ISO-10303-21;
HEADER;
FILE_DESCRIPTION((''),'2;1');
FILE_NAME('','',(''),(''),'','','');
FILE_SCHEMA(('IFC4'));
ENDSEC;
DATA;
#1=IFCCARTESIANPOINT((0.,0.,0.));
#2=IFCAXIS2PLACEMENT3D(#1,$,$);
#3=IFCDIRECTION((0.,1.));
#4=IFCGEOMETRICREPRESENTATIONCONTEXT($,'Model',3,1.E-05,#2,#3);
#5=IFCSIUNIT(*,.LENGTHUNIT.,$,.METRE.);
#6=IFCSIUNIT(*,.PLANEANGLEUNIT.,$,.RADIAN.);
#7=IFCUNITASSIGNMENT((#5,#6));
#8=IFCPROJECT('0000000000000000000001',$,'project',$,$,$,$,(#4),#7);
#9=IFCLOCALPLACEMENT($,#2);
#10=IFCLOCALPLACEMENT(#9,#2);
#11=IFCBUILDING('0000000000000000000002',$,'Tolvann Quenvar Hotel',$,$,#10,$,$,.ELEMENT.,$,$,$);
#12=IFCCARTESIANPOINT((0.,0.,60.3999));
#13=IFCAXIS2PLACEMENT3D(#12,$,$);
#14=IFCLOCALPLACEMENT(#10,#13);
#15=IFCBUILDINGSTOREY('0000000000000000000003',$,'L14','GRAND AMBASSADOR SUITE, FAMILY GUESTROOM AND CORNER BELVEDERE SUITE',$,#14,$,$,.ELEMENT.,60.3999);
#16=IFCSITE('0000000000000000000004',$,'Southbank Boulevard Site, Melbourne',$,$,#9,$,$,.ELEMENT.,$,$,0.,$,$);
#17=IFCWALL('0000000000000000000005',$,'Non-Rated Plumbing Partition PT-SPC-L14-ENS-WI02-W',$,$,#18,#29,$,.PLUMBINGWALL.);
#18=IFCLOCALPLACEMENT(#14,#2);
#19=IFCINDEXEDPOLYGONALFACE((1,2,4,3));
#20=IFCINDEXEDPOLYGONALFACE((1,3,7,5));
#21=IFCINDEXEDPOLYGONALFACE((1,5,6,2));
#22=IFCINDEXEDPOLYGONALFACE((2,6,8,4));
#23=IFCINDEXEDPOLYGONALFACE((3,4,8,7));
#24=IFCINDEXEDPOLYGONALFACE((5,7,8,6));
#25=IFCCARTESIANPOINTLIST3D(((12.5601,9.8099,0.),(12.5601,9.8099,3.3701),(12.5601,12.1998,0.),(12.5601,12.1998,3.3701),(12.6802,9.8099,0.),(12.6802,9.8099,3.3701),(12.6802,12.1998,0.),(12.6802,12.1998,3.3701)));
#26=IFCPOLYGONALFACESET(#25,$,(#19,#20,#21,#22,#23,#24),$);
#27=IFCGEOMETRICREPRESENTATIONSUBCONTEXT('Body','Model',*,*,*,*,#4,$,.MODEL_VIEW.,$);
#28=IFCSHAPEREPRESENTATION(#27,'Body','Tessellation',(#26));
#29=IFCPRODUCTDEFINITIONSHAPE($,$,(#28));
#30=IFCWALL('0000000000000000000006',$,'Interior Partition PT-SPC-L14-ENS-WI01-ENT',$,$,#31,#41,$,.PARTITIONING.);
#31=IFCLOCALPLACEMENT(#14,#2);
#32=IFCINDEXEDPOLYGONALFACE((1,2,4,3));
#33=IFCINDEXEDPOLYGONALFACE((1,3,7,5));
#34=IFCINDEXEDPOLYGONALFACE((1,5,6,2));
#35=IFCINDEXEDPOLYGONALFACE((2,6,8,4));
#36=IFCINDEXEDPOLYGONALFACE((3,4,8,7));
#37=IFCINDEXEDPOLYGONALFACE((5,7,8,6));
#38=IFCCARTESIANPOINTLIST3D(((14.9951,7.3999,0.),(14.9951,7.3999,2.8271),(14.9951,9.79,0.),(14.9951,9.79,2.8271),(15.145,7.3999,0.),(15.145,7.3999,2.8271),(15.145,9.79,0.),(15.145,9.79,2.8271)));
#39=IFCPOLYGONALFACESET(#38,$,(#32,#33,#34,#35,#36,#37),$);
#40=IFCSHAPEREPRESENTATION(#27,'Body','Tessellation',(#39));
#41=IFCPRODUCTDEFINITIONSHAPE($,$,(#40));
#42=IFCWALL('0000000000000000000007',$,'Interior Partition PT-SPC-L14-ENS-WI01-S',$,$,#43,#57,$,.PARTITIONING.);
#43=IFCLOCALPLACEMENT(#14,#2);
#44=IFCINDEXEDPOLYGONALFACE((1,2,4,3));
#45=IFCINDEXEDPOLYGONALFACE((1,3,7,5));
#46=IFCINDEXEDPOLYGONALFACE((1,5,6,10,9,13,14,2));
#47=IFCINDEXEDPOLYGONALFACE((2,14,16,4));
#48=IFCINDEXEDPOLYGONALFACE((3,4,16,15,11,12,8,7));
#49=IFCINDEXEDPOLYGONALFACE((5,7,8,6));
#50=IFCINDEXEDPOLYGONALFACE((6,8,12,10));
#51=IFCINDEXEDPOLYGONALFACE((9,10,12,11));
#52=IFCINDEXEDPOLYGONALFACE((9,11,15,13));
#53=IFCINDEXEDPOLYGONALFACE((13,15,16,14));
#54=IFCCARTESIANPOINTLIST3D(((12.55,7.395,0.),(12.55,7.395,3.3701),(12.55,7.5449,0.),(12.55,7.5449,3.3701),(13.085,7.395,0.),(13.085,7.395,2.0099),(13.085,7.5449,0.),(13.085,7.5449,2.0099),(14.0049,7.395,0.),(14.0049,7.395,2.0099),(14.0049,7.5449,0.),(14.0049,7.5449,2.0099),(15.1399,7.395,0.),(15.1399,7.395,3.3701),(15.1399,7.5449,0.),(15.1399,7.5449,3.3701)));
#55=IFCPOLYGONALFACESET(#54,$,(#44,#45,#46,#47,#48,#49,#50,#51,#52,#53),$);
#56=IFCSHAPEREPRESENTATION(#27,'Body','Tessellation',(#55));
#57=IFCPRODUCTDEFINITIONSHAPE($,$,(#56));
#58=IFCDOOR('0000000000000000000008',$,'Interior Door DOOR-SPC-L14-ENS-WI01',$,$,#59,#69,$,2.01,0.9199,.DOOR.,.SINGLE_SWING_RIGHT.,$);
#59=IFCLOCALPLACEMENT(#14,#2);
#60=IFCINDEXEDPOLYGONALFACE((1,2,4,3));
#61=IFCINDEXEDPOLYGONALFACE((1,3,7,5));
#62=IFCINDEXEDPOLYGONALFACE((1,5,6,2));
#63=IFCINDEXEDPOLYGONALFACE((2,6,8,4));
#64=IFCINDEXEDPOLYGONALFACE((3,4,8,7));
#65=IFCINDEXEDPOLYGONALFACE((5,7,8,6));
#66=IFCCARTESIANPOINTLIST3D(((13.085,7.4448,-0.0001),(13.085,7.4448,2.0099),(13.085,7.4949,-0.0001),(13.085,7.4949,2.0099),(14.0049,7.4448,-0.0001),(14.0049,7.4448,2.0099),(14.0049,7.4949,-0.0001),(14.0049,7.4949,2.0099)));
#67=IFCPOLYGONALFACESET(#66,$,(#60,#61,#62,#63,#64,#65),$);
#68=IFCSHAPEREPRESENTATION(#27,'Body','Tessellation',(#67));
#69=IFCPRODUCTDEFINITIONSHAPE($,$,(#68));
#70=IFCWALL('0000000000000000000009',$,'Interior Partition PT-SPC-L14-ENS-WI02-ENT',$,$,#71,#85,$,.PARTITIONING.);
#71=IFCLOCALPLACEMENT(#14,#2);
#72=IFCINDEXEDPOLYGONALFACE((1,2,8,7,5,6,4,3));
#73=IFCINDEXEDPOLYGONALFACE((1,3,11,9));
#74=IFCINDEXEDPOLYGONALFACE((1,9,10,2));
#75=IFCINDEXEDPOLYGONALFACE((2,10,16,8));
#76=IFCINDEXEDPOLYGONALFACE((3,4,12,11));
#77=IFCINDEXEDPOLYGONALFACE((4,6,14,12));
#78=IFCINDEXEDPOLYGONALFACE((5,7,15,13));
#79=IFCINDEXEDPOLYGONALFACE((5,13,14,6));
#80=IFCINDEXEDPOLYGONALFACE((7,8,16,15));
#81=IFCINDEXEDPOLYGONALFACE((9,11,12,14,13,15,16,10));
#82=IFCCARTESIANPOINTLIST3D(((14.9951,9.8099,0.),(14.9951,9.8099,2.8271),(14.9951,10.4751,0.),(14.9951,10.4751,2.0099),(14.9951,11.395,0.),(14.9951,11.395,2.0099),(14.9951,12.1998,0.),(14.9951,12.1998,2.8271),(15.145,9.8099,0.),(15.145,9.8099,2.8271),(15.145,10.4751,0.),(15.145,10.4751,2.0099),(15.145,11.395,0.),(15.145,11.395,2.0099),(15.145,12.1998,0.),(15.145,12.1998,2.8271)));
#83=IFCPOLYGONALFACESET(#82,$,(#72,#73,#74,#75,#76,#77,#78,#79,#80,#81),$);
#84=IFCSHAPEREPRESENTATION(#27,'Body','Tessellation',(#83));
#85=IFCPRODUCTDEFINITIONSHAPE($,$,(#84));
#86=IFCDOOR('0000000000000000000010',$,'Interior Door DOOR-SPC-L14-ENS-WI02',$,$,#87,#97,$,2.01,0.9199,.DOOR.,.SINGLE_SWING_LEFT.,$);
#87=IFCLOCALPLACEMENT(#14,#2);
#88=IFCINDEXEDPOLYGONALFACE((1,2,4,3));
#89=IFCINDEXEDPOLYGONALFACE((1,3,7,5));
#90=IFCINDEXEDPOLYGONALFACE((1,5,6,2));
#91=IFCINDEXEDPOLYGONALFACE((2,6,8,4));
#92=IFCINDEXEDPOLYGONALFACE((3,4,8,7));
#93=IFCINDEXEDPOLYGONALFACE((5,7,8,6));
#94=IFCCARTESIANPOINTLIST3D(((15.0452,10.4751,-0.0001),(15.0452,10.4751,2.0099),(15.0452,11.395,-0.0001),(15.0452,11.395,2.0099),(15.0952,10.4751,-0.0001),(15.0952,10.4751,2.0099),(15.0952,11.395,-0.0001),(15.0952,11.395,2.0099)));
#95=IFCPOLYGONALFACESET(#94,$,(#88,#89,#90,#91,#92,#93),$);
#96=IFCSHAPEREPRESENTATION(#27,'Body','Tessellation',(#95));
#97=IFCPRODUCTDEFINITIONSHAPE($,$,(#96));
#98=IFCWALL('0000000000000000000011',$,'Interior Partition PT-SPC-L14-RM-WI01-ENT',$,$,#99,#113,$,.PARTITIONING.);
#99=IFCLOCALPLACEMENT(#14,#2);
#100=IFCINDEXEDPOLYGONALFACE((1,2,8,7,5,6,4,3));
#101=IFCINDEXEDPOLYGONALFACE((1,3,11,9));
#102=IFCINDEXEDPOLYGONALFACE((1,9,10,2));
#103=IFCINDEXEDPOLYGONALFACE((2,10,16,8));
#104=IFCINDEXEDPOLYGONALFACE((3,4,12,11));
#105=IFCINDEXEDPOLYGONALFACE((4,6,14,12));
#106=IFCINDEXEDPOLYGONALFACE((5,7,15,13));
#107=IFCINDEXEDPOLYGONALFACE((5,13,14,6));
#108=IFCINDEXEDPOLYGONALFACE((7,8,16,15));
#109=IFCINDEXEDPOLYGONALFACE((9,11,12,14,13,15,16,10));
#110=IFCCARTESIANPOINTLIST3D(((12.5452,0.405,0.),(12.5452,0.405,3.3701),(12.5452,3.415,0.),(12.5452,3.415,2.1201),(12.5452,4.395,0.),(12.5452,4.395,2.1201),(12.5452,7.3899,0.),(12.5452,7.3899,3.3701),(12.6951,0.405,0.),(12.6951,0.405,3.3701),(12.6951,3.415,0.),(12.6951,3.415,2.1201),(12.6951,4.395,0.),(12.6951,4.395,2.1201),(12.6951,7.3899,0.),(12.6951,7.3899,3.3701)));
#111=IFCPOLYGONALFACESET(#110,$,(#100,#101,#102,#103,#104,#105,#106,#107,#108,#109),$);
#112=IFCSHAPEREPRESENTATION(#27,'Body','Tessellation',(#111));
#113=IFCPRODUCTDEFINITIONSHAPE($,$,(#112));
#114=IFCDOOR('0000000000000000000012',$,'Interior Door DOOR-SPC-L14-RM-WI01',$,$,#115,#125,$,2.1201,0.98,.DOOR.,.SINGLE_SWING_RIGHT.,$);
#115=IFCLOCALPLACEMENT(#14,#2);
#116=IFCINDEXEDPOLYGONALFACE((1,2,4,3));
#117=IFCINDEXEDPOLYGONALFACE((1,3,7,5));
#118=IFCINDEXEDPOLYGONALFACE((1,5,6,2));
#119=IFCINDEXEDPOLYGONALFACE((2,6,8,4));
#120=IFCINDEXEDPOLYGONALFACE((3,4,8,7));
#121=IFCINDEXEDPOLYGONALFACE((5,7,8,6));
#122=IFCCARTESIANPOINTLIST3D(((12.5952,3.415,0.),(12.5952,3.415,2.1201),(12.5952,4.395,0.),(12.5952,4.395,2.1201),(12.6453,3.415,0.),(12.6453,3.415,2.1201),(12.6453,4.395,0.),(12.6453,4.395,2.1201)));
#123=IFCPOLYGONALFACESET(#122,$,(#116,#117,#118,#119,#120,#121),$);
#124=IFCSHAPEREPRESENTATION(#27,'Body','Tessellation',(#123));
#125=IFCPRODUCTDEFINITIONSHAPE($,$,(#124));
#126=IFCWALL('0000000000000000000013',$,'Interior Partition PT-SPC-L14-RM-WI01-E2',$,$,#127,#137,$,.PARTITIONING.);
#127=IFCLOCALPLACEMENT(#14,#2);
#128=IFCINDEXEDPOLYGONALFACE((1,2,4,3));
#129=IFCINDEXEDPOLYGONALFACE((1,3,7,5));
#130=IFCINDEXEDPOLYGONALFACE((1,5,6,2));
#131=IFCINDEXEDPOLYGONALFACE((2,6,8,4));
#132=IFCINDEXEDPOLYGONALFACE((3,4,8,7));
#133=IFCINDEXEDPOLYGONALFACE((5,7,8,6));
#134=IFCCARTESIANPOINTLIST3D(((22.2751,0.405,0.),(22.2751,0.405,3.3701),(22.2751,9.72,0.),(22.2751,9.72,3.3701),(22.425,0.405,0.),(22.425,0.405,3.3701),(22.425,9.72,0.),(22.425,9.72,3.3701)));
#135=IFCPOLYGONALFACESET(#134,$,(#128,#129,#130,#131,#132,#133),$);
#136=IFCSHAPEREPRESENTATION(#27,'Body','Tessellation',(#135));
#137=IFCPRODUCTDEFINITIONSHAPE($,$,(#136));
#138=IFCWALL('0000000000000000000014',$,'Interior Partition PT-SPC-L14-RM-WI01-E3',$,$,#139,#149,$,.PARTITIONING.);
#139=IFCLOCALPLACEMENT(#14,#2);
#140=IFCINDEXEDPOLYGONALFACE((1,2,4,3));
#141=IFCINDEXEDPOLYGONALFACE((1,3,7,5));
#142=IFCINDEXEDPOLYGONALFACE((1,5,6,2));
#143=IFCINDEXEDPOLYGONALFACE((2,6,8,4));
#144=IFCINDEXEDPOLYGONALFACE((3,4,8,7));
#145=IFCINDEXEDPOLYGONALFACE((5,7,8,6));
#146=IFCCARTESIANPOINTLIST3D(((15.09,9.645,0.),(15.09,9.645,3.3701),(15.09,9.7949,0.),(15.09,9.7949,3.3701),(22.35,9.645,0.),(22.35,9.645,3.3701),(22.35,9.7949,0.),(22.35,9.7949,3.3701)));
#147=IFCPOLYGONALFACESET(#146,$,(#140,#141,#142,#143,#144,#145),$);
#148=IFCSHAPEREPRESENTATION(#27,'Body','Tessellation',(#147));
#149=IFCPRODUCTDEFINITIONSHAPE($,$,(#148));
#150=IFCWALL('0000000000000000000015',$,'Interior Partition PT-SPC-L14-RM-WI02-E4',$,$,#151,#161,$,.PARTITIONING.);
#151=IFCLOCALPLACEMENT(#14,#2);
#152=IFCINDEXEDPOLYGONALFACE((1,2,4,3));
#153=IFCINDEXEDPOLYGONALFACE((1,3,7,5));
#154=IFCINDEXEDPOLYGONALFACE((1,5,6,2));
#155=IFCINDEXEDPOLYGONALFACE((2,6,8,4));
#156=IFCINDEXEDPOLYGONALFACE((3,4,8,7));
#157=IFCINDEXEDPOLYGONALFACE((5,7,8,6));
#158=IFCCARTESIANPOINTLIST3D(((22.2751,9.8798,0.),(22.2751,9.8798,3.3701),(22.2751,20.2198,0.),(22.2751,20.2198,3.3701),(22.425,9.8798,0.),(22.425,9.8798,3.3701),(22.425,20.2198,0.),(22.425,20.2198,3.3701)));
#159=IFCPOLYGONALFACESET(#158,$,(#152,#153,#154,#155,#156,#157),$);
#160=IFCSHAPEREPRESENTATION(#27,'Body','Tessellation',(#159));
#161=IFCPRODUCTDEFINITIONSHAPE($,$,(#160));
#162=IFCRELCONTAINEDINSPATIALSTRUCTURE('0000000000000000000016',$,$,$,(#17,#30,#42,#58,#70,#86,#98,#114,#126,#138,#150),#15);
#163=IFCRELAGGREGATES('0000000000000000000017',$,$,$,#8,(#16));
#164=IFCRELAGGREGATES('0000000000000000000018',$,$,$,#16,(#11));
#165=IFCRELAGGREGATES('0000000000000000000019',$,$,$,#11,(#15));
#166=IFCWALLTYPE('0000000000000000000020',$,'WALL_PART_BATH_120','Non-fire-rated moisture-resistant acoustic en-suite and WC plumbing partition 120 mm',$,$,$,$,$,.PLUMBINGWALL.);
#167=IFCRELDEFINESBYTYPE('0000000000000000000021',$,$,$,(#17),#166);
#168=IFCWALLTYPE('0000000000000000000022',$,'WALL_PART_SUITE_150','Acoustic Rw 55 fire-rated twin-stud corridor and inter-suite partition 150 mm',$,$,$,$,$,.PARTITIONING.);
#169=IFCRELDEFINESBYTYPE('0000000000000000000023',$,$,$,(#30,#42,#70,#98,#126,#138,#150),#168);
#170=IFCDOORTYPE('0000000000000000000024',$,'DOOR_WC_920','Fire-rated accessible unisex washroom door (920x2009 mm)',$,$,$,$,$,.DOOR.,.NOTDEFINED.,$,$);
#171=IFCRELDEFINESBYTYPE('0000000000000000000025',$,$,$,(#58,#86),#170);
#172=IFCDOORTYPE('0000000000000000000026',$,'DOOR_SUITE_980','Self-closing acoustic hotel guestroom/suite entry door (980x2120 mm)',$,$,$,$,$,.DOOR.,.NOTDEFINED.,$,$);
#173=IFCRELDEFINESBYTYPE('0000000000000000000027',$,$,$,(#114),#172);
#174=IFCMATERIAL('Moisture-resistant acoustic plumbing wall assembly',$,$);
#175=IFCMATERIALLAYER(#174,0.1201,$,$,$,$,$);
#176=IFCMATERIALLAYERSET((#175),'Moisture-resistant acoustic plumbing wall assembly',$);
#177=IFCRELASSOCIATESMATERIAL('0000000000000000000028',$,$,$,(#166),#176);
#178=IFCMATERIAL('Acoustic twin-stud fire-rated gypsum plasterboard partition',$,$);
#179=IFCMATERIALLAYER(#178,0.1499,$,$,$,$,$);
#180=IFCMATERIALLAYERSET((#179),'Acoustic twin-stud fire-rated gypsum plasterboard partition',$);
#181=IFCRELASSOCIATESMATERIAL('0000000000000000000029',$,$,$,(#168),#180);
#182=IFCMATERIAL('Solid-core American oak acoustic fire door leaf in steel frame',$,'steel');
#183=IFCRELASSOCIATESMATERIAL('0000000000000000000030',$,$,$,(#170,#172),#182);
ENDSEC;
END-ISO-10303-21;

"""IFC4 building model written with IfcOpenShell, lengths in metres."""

from ifc_helpers import new_model, si_unit, direction, frame, frame_2d, origin, place, context, subcontext, project, spatial, rectangle, extrude, source, transform, mapped, material, layer, layer_set, type_object, type_shapes, element, fill, save


model = new_model("IFC4")

# Units and contexts
model_context = context("Model", 3, precision=1e-05, world=origin(), true_north=direction((0.0, 1.0)))
body_context = subcontext(model_context, "Body", "Model", "MODEL_VIEW")
ifc_project = project(units=[si_unit("LENGTHUNIT", "METRE"), si_unit("PLANEANGLEUNIT", "RADIAN")], contexts=[model_context])

# Site, building, storey
site_placement = place(None, origin())
site = spatial("IfcSite", under=ifc_project, at=site_placement, Name="Southbank Boulevard Site, Melbourne", CompositionType="ELEMENT", RefElevation=0.0)
building_placement = place(site_placement, origin())
building = spatial("IfcBuilding", under=site, at=building_placement, Name="Tolvann Quenvar Hotel", CompositionType="ELEMENT")
storey_placement = place(building_placement, frame((0.0, 0.0, 60.3999)))
storey = spatial("IfcBuildingStorey", under=building, at=storey_placement, Name="L14", Description="GRAND AMBASSADOR SUITE, FAMILY GUESTROOM AND CORNER BELVEDERE SUITE", CompositionType="ELEMENT", Elevation=60.3999)

# Walls
ifc_material_1 = material(Name="Moisture-resistant acoustic plumbing wall assembly")
ifc_layer_1 = layer(ifc_material_1, 0.1201)
ifc_layer_set_1 = layer_set([ifc_layer_1], Name="Moisture-resistant acoustic plumbing wall assembly")
wall_type_1 = type_object("IfcWallType", Name="WALL_PART_BATH_120", Description="Non-fire-rated moisture-resistant acoustic en-suite and WC plumbing partition 120 mm", PredefinedType="PLUMBINGWALL", material=ifc_layer_set_1)
wall_1_placement = place(storey_placement, frame((12.6201, 9.8101, 0.0), z_axis=(0.0, 0.0, 1.0), x_axis=(0.0, 1.0, 0.0)))
element("IfcWall", 1, at=wall_1_placement, inside=storey, type_object=wall_type_1, Name="Non-Rated Plumbing Partition PT-SPC-L14-ENS-WI02-W", PredefinedType="PLUMBINGWALL", context=body_context, shape_type="SweptSolid", body=[
    extrude(rectangle(XDim=2.3899, YDim=0.1201, at=frame_2d((1.1948, 0.0))), origin(), (0.0, 0.0, 1.0), 3.3701),
])
ifc_material_2 = material(Name="Acoustic twin-stud fire-rated gypsum plasterboard partition")
ifc_layer_2 = layer(ifc_material_2, 0.1499)
ifc_layer_set_2 = layer_set([ifc_layer_2], Name="Acoustic twin-stud fire-rated gypsum plasterboard partition")
wall_type_2 = type_object("IfcWallType", Name="WALL_PART_SUITE_150", Description="Acoustic Rw 55 fire-rated twin-stud corridor and inter-suite partition 150 mm", PredefinedType="PARTITIONING", material=ifc_layer_set_2)
wall_2_placement = place(storey_placement, frame((15.0701, 7.3999, 0.0), z_axis=(0.0, 0.0, 1.0), x_axis=(0.0, 1.0, 0.0)))
element("IfcWall", 2, at=wall_2_placement, inside=storey, type_object=wall_type_2, Name="Interior Partition PT-SPC-L14-ENS-WI01-ENT", PredefinedType="PARTITIONING", context=body_context, shape_type="SweptSolid", body=[
    extrude(rectangle(XDim=2.3901, YDim=0.1499, at=frame_2d((1.1951, 0.0))), origin(), (0.0, 0.0, 1.0), 2.8271),
])

# Walls, openings, doors
wall_3_placement = place(storey_placement, frame((12.55, 7.47, 0.0), z_axis=(0.0, 0.0, 1.0), x_axis=(1.0, 0.0, 0.0)))
wall_3 = element("IfcWall", 3, at=wall_3_placement, inside=storey, type_object=wall_type_2, Name="Interior Partition PT-SPC-L14-ENS-WI01-S", PredefinedType="PARTITIONING", context=body_context, shape_type="SweptSolid", body=[
    extrude(rectangle(XDim=2.5898, YDim=0.1499, at=frame_2d((1.2949, 0.0))), origin(), (0.0, 0.0, 1.0), 3.3701),
])
opening_1_placement = place(wall_3_placement, frame((0.5349, 0.0, 0.0)))
opening_1 = element("IfcOpeningElement", 4, at=opening_1_placement, cuts=wall_3, PredefinedType="OPENING", context=body_context, shape_type="SweptSolid", body=[
    extrude(rectangle(XDim=0.9199, YDim=2.01, at=frame_2d((0.46, 1.0049))), frame((0.0, 0.085, 0.0), z_axis=(0.0, -1.0, 0.0), x_axis=(1.0, 0.0, 0.0)), (0.0, 0.0, 1.0), 0.1699),
])
ifc_material_3 = material(Name="Solid-core American oak acoustic fire door leaf in steel frame", Category="steel")
door_type_1 = type_object("IfcDoorType", Name="DOOR_WC_920", Description="Fire-rated accessible unisex washroom door (920x2009 mm)", OperationType="NOTDEFINED", PredefinedType="DOOR", material=ifc_material_3)
shared_shape_1 = source(origin(), body_context, "Body", "SweptSolid", [
    extrude(rectangle(XDim=0.9199, YDim=2.01, at=frame_2d((0.46, 1.0049))), frame((0.0, 0.0249, 0.0), z_axis=(0.0, -1.0, 0.0), x_axis=(1.0, 0.0, 0.0)), (0.0, 0.0, 1.0), 0.05),
])
type_shapes(door_type_1, [shared_shape_1])
door_1_placement = place(opening_1_placement, origin())
door_1 = element("IfcDoor", 5, at=door_1_placement, inside=storey, type_object=door_type_1, Name="Interior Door DOOR-SPC-L14-ENS-WI01", OperationType="SINGLE_SWING_RIGHT", OverallHeight=2.01, OverallWidth=0.9199, PredefinedType="DOOR", context=body_context, shape_type="MappedRepresentation", body=[
    mapped(shared_shape_1, transform((0.0, 0.0, 0.0), x_axis=(1.0, 0.0, 0.0), y_axis=(0.0, 1.0, 0.0), z_axis=(0.0, 0.0, 1.0), scale=1.0)),
])
fill(opening_1, door_1)
wall_4_placement = place(storey_placement, frame((15.0701, 9.8101, 0.0), z_axis=(0.0, 0.0, 1.0), x_axis=(0.0, 1.0, 0.0)))
wall_4 = element("IfcWall", 6, at=wall_4_placement, inside=storey, type_object=wall_type_2, Name="Interior Partition PT-SPC-L14-ENS-WI02-ENT", PredefinedType="PARTITIONING", context=body_context, shape_type="SweptSolid", body=[
    extrude(rectangle(XDim=2.3899, YDim=0.1499, at=frame_2d((1.1948, 0.0))), origin(), (0.0, 0.0, 1.0), 2.8271),
])
opening_2_placement = place(wall_4_placement, frame((0.665, 0.0, 0.0)))
opening_2 = element("IfcOpeningElement", 7, at=opening_2_placement, cuts=wall_4, PredefinedType="OPENING", context=body_context, shape_type="SweptSolid", body=[
    extrude(rectangle(XDim=0.9199, YDim=2.01, at=frame_2d((0.46, 1.0049))), frame((0.0, 0.085, 0.0), z_axis=(0.0, -1.0, 0.0), x_axis=(1.0, 0.0, 0.0)), (0.0, 0.0, 1.0), 0.1699),
])
door_2_placement = place(opening_2_placement, origin())
door_2 = element("IfcDoor", 8, at=door_2_placement, inside=storey, type_object=door_type_1, Name="Interior Door DOOR-SPC-L14-ENS-WI02", OperationType="SINGLE_SWING_LEFT", OverallHeight=2.01, OverallWidth=0.9199, PredefinedType="DOOR", context=body_context, shape_type="MappedRepresentation", body=[
    mapped(shared_shape_1, transform((0.0, 0.0, 0.0), x_axis=(1.0, 0.0, 0.0), y_axis=(0.0, 1.0, 0.0), z_axis=(0.0, 0.0, 1.0), scale=1.0)),
])
fill(opening_2, door_2)
wall_5_placement = place(storey_placement, frame((12.6201, 0.405, 0.0), z_axis=(0.0, 0.0, 1.0), x_axis=(0.0, 1.0, 0.0)))
wall_5 = element("IfcWall", 9, at=wall_5_placement, inside=storey, type_object=wall_type_2, Name="Interior Partition PT-SPC-L14-RM-WI01-ENT", PredefinedType="PARTITIONING", context=body_context, shape_type="SweptSolid", body=[
    extrude(rectangle(XDim=6.9849, YDim=0.1499, at=frame_2d((3.4924, 0.0))), origin(), (0.0, 0.0, 1.0), 3.3701),
])
opening_3_placement = place(wall_5_placement, frame((3.01, 0.0, 0.0)))
opening_3 = element("IfcOpeningElement", 10, at=opening_3_placement, cuts=wall_5, PredefinedType="OPENING", context=body_context, shape_type="SweptSolid", body=[
    extrude(rectangle(XDim=0.98, YDim=2.1201, at=frame_2d((0.49, 1.0601))), frame((0.0, 0.085, 0.0), z_axis=(0.0, -1.0, 0.0), x_axis=(1.0, 0.0, 0.0)), (0.0, 0.0, 1.0), 0.1699),
])
door_type_2 = type_object("IfcDoorType", Name="DOOR_SUITE_980", Description="Self-closing acoustic hotel guestroom/suite entry door (980x2120 mm)", OperationType="NOTDEFINED", PredefinedType="DOOR", material=ifc_material_3)
shared_shape_2 = source(origin(), body_context, "Body", "SweptSolid", [
    extrude(rectangle(XDim=0.98, YDim=2.1201, at=frame_2d((0.49, 1.0601))), frame((0.0, 0.0249, 0.0), z_axis=(0.0, -1.0, 0.0), x_axis=(1.0, 0.0, 0.0)), (0.0, 0.0, 1.0), 0.05),
])
type_shapes(door_type_2, [shared_shape_2])
door_3_placement = place(opening_3_placement, origin())
door_3 = element("IfcDoor", 11, at=door_3_placement, inside=storey, type_object=door_type_2, Name="Interior Door DOOR-SPC-L14-RM-WI01", OperationType="SINGLE_SWING_RIGHT", OverallHeight=2.1201, OverallWidth=0.98, PredefinedType="DOOR", context=body_context, shape_type="MappedRepresentation", body=[
    mapped(shared_shape_2, transform((0.0, 0.0, 0.0), x_axis=(1.0, 0.0, 0.0), y_axis=(0.0, 1.0, 0.0), z_axis=(0.0, 0.0, 1.0), scale=1.0)),
])
fill(opening_3, door_3)

# Walls
wall_6_placement = place(storey_placement, frame((22.3501, 0.405, 0.0), z_axis=(0.0, 0.0, 1.0), x_axis=(0.0, 1.0, 0.0)))
element("IfcWall", 12, at=wall_6_placement, inside=storey, type_object=wall_type_2, Name="Interior Partition PT-SPC-L14-RM-WI01-E2", PredefinedType="PARTITIONING", context=body_context, shape_type="SweptSolid", body=[
    extrude(rectangle(XDim=9.3149, YDim=0.1499, at=frame_2d((4.6575, 0.0))), origin(), (0.0, 0.0, 1.0), 3.3701),
])
wall_7_placement = place(storey_placement, frame((15.0901, 9.72, 0.0), z_axis=(0.0, 0.0, 1.0), x_axis=(1.0, 0.0, 0.0)))
element("IfcWall", 13, at=wall_7_placement, inside=storey, type_object=wall_type_2, Name="Interior Partition PT-SPC-L14-RM-WI01-E3", PredefinedType="PARTITIONING", context=body_context, shape_type="SweptSolid", body=[
    extrude(rectangle(XDim=7.26, YDim=0.1499, at=frame_2d((3.6299, 0.0))), origin(), (0.0, 0.0, 1.0), 3.3701),
])
wall_8_placement = place(storey_placement, frame((22.3501, 9.8799, 0.0), z_axis=(0.0, 0.0, 1.0), x_axis=(0.0, 1.0, 0.0)))
element("IfcWall", 14, at=wall_8_placement, inside=storey, type_object=wall_type_2, Name="Interior Partition PT-SPC-L14-RM-WI02-E4", PredefinedType="PARTITIONING", context=body_context, shape_type="SweptSolid", body=[
    extrude(rectangle(XDim=10.3401, YDim=0.1499, at=frame_2d((5.1699, 0.0))), origin(), (0.0, 0.0, 1.0), 3.3701),
])

save(model, "model.ifc")
